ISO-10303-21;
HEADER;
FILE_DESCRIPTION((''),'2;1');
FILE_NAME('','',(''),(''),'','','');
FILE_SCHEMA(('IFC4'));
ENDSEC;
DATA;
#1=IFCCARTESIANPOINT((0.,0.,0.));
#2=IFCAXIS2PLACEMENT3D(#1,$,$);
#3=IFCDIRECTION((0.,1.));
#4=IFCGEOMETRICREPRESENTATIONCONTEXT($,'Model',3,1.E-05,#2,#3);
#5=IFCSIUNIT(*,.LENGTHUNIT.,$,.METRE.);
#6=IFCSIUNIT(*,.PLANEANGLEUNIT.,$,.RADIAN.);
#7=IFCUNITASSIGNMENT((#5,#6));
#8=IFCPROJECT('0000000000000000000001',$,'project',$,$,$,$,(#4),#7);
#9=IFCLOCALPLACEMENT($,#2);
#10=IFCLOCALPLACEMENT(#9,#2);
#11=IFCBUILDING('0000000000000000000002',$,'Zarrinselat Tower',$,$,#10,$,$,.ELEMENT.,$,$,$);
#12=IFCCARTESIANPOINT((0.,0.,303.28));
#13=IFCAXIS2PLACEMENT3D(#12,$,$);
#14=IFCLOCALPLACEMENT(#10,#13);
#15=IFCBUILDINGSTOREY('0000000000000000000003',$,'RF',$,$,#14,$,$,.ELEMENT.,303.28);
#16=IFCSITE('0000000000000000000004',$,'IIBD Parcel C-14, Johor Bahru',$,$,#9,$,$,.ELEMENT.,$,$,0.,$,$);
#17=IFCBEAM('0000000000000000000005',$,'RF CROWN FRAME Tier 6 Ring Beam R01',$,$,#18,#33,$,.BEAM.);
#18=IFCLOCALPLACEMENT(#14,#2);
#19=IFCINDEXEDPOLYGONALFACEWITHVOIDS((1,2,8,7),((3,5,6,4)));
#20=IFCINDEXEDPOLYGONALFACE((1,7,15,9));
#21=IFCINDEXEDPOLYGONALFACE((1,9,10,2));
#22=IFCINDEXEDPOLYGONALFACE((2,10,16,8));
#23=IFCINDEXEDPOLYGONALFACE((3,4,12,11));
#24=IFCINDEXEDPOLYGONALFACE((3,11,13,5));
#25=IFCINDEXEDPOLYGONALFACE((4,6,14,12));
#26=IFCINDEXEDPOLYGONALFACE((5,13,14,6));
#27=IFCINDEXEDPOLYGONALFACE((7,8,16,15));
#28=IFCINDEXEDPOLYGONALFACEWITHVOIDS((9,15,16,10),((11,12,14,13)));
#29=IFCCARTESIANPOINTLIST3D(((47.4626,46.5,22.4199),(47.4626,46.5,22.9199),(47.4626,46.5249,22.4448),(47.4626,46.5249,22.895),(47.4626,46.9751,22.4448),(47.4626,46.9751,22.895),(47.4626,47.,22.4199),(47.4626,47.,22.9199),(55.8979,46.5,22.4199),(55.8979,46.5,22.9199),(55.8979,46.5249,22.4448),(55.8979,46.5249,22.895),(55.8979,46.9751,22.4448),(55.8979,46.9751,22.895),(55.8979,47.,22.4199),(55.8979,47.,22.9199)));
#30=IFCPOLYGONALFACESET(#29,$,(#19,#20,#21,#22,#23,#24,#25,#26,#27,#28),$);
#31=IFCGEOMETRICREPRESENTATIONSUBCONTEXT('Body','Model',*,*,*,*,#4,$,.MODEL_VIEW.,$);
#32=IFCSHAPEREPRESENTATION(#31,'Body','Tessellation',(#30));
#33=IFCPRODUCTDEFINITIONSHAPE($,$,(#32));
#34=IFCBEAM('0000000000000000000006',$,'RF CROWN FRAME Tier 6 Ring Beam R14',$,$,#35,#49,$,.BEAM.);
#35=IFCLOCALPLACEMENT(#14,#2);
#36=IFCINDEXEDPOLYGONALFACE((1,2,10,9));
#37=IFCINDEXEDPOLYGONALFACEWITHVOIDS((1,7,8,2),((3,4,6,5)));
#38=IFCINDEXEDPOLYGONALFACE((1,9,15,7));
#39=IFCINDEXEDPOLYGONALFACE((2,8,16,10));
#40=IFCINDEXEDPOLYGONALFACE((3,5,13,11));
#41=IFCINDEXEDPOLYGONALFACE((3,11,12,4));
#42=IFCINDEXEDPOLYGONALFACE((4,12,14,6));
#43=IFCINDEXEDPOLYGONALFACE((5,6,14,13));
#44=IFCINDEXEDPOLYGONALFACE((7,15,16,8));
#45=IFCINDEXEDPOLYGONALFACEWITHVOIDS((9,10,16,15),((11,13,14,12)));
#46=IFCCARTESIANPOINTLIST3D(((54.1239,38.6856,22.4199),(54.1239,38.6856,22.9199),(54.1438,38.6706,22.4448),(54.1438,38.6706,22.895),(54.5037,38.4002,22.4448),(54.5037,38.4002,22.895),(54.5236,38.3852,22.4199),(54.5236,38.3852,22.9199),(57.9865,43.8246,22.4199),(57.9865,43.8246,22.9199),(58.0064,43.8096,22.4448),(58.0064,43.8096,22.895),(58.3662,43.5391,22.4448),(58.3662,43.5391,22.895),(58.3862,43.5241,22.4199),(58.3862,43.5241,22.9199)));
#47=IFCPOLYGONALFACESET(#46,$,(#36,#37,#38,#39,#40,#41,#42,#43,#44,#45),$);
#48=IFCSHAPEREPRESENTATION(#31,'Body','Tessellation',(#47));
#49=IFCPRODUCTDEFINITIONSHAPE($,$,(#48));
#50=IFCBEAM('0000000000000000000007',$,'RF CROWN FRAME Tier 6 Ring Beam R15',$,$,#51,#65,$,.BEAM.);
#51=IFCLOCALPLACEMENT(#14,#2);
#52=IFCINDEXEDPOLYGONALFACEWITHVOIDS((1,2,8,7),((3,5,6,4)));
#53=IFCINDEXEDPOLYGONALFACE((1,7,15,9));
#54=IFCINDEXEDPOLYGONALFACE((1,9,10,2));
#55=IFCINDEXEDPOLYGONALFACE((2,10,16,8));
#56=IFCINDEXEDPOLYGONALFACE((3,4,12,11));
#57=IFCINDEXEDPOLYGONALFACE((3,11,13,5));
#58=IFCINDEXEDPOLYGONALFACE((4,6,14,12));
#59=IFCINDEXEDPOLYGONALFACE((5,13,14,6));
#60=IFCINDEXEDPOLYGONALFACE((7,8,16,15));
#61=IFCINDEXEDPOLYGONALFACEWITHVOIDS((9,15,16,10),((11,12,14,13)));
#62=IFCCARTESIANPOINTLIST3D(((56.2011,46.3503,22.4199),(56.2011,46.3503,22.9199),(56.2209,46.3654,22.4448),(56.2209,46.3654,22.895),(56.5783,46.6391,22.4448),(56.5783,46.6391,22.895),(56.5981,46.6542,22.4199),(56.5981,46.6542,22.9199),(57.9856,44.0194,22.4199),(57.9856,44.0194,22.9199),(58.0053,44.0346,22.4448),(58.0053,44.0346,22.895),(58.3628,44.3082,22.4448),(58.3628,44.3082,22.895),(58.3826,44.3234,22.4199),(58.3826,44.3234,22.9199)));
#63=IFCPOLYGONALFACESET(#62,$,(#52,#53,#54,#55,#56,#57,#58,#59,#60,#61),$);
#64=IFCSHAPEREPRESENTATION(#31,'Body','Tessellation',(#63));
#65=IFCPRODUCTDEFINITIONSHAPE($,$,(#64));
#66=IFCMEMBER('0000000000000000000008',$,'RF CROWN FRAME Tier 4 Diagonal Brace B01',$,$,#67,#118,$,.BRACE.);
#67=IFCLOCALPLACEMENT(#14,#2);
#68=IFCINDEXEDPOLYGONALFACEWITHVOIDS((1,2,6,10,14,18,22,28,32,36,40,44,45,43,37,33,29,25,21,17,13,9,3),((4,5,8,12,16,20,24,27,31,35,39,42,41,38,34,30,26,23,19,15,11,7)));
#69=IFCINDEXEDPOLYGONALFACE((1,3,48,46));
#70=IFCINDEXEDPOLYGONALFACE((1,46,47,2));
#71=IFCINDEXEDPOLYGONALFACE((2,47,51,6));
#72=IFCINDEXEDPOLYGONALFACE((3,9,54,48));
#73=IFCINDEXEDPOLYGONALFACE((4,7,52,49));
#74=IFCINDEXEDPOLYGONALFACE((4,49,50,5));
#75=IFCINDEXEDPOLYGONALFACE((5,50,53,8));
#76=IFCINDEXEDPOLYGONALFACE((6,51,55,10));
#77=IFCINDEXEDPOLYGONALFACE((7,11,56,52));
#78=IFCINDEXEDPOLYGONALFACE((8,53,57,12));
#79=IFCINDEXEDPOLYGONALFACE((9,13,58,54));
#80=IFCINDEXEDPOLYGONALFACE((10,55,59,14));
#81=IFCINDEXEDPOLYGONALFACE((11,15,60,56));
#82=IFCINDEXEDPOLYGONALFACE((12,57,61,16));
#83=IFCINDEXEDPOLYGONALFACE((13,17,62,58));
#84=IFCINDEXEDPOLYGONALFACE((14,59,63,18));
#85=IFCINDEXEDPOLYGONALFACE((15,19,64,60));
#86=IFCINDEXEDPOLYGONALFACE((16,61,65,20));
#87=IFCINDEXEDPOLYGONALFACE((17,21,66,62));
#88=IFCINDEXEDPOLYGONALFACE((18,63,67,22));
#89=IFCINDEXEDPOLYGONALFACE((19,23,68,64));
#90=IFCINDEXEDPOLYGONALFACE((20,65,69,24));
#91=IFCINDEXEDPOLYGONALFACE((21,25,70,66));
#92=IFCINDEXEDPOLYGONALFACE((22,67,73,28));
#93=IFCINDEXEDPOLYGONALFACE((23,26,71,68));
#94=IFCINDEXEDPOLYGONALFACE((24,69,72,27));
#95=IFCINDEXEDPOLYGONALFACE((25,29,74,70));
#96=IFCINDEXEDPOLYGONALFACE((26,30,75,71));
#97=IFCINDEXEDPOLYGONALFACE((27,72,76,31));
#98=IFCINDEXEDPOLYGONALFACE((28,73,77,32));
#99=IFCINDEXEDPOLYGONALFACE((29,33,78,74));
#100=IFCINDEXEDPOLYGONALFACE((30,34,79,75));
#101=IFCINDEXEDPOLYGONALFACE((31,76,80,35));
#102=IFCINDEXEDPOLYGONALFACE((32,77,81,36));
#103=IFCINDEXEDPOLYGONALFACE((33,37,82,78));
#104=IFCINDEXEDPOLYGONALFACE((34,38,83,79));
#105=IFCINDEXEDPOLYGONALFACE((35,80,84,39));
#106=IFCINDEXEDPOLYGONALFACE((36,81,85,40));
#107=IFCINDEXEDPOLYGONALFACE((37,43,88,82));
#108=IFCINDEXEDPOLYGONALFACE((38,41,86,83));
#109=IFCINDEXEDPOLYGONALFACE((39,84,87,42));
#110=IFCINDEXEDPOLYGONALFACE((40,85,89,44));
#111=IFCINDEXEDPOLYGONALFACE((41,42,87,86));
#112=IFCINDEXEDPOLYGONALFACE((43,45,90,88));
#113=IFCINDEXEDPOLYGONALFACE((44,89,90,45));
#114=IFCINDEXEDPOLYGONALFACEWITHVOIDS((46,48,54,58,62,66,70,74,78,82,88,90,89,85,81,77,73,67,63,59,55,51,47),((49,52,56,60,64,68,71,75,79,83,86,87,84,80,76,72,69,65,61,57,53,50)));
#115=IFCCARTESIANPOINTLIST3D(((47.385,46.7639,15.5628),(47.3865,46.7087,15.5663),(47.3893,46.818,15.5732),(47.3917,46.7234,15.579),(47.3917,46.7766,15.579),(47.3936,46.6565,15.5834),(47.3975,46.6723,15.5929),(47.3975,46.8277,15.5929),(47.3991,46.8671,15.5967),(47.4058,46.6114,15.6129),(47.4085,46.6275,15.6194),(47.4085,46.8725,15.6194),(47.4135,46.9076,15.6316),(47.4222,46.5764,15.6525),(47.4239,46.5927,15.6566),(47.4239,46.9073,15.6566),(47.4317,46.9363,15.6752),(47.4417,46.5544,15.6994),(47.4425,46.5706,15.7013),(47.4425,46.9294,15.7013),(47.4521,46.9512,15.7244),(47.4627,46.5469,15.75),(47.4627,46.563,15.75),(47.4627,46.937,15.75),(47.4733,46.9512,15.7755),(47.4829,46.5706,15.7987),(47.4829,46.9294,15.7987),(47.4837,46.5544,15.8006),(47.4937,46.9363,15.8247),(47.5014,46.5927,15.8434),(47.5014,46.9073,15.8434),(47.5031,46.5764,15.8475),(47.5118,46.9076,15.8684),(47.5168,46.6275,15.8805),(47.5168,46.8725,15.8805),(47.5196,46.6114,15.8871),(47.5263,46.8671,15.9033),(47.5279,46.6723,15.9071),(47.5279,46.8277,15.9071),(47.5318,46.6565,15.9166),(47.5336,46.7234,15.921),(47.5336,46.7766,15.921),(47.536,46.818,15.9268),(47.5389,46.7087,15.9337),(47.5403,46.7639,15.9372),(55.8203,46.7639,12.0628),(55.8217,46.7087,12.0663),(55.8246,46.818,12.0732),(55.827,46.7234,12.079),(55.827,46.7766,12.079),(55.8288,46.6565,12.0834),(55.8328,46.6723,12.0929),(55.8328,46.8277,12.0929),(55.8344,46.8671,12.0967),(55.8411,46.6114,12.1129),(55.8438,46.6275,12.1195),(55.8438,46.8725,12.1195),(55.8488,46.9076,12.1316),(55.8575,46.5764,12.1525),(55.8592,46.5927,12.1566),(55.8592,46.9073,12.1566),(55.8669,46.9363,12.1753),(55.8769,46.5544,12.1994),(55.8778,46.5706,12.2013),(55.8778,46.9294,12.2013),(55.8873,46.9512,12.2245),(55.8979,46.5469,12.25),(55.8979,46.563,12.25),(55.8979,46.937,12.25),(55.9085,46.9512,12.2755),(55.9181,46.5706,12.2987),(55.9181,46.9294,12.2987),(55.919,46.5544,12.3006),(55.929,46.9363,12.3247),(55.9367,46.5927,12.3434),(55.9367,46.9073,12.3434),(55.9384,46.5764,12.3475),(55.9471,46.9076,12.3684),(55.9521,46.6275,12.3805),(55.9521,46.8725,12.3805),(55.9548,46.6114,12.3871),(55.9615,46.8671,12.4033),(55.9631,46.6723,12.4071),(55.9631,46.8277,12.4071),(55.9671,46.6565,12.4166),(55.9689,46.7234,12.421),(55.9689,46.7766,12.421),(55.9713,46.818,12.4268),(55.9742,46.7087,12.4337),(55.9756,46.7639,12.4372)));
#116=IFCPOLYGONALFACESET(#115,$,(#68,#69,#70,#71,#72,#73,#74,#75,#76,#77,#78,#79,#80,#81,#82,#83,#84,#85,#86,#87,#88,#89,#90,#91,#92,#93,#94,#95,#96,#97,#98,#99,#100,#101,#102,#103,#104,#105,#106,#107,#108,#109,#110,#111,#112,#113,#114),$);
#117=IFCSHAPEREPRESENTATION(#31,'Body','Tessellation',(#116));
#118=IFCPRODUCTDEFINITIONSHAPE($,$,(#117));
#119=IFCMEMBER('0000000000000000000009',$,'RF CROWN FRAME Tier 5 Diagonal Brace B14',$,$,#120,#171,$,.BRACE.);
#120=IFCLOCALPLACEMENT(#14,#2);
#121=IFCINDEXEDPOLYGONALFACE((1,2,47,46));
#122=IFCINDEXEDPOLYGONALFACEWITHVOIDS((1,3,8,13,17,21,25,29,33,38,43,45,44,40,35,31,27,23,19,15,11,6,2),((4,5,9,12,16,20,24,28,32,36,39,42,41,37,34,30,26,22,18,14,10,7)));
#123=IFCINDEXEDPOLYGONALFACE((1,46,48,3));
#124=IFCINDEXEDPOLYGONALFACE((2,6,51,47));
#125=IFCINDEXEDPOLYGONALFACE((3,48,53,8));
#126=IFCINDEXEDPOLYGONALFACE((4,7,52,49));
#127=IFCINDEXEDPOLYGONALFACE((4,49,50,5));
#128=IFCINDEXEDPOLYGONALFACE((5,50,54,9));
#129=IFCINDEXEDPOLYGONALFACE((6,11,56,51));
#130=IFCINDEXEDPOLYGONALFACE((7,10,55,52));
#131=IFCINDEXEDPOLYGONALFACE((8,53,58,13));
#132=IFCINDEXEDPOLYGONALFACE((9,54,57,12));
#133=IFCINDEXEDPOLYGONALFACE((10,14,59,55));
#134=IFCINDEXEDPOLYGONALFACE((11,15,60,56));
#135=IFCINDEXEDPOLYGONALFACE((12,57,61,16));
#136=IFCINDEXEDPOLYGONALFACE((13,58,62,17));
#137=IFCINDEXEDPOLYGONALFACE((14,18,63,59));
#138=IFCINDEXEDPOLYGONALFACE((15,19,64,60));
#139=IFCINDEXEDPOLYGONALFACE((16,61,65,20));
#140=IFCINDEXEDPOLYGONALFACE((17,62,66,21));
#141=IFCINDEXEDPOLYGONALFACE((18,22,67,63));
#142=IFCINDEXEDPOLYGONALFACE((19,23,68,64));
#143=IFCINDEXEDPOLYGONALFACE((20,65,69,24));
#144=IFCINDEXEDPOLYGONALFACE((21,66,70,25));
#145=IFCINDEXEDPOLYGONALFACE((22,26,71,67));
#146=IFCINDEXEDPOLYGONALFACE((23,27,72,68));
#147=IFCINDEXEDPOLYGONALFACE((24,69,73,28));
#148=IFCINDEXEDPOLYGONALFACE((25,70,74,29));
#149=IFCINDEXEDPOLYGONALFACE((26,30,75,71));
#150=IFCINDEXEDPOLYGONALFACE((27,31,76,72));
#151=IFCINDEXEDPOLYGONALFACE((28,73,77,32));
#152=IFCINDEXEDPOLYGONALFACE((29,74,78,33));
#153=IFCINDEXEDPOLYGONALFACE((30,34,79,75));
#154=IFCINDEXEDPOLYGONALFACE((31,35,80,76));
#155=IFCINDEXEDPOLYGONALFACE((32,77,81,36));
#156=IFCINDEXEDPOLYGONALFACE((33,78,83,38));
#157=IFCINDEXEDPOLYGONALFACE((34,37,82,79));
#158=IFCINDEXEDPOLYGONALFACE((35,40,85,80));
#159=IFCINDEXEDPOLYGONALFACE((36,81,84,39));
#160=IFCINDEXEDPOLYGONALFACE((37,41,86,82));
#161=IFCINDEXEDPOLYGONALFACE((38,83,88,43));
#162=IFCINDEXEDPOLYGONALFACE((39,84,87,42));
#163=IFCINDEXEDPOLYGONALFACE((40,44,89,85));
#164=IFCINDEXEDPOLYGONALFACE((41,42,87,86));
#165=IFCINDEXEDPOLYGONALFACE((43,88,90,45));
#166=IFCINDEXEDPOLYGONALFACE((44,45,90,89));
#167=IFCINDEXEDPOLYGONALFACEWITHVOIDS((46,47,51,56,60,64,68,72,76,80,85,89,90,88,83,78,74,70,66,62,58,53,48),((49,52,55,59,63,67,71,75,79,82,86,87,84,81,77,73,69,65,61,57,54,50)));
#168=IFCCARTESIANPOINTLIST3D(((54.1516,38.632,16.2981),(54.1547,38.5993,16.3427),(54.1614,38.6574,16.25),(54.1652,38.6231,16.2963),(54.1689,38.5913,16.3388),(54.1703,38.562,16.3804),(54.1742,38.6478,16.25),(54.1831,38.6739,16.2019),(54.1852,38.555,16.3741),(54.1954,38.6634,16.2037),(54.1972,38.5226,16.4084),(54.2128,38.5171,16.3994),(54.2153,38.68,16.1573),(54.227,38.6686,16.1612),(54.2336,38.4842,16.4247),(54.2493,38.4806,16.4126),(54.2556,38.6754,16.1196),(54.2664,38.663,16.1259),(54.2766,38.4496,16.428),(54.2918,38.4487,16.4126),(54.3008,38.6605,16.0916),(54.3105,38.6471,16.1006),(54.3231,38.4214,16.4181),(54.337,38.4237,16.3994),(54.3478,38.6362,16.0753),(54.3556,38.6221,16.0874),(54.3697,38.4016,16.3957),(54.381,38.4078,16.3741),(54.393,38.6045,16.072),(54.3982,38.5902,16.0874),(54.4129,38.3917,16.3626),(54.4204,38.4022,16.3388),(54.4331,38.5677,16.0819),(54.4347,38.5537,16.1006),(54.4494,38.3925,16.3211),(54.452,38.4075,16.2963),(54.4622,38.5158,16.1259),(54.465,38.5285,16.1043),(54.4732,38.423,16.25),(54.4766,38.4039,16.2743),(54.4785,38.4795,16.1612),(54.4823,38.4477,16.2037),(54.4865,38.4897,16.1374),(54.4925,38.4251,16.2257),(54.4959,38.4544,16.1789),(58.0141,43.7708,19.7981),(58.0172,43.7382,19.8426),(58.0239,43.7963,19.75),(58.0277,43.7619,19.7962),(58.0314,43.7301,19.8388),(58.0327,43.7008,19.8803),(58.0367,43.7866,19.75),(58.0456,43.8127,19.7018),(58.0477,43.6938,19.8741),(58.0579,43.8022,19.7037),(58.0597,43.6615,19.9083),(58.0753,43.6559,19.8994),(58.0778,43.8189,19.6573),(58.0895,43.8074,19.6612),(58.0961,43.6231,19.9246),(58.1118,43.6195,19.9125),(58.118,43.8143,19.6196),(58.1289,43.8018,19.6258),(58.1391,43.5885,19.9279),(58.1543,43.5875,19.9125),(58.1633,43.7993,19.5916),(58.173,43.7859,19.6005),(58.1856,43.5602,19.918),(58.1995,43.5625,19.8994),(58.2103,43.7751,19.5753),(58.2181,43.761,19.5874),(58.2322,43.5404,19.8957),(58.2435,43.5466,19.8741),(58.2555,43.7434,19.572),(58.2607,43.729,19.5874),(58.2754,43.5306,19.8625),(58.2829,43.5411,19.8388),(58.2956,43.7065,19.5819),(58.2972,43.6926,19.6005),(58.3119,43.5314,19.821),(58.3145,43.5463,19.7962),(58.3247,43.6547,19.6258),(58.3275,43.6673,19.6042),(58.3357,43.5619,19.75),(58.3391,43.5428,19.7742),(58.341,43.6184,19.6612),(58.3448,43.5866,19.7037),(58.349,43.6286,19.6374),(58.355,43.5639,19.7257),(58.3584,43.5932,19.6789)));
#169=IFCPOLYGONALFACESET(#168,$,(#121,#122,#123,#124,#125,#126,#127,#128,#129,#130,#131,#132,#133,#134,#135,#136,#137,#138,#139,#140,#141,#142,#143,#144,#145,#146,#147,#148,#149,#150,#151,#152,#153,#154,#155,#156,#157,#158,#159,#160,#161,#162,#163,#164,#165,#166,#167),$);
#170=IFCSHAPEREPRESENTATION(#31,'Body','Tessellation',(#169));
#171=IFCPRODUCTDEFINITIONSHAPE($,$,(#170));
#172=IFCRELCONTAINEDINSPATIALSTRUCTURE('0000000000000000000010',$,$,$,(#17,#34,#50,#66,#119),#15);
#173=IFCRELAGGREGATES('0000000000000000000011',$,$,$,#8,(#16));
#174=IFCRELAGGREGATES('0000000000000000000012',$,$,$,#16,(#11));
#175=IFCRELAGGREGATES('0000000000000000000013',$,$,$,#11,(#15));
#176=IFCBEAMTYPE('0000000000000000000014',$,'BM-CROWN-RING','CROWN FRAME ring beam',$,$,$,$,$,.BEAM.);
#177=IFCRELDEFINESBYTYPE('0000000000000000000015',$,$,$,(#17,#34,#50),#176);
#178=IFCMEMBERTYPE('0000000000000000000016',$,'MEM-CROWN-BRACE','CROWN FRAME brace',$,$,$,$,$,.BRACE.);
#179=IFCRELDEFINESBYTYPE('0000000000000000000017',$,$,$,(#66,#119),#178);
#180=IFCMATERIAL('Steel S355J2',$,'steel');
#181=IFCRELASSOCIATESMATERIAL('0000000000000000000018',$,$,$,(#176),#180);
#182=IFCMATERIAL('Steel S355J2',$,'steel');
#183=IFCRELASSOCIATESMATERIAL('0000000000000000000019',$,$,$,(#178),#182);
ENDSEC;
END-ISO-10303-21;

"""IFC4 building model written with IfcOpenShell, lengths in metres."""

from ifc_helpers import new_model, si_unit, direction, frame, origin, origin_2d, place, context, subcontext, project, spatial, hollow_rectangle, hollow_circle, extrude, material, material_profile, profile_set, type_object, element, save


model = new_model("IFC4")

# Units and contexts
model_context = context("Model", 3, precision=1e-05, world=origin(), true_north=direction((0.0, 1.0)))
body_context = subcontext(model_context, "Body", "Model", "MODEL_VIEW")
ifc_project = project(units=[si_unit("LENGTHUNIT", "METRE"), si_unit("PLANEANGLEUNIT", "RADIAN")], contexts=[model_context])

# Site, building, storey
site_placement = place(None, origin())
site = spatial("IfcSite", under=ifc_project, at=site_placement, Name="IIBD Parcel C-14, Johor Bahru", CompositionType="ELEMENT", RefElevation=0.0)
building_placement = place(site_placement, origin())
building = spatial("IfcBuilding", under=site, at=building_placement, Name="Zarrinselat Tower", CompositionType="ELEMENT")
storey_placement = place(building_placement, frame((0.0, 0.0, 303.28)))
storey = spatial("IfcBuildingStorey", under=building, at=storey_placement, Name="RF", CompositionType="ELEMENT", Elevation=303.28)

# Beams
ifc_material_1 = material(Name="Steel S355J2", Category="steel")
ifc_material_profile_1 = material_profile(ifc_material_1, hollow_rectangle(XDim=0.5, YDim=0.5, WallThickness=0.0249, at=origin_2d()), Name="SHS 500x500x25")
ifc_profile_set_1 = profile_set([ifc_material_profile_1], Name="Steel S355J2")
beam_type = type_object("IfcBeamType", Name="BM-CROWN-RING", Description="CROWN FRAME ring beam", PredefinedType="BEAM", material=ifc_profile_set_1)
beam_1_placement = place(storey_placement, frame((55.8979, 46.75, 22.6699), z_axis=(-1.0, 0.0, 0.0), x_axis=(0.0, -1.0, 0.0)))
element("IfcBeam", 1, at=beam_1_placement, inside=storey, type_object=beam_type, Name="RF CROWN FRAME Tier 6 Ring Beam R01", PredefinedType="BEAM", context=body_context, shape_type="SweptSolid", body=[
    extrude(hollow_rectangle(XDim=0.5, YDim=0.5, WallThickness=0.0249, at=origin_2d()), origin(), (0.0, 0.0, 1.0), 8.4353),
])
beam_2_placement = place(storey_placement, frame((54.3237, 38.5354, 22.6699), z_axis=(0.600832, 0.799375, 0.0), x_axis=(-0.799375, 0.600832, 0.0)))
element("IfcBeam", 2, at=beam_2_placement, inside=storey, type_object=beam_type, Name="RF CROWN FRAME Tier 6 Ring Beam R14", PredefinedType="BEAM", context=body_context, shape_type="SweptSolid", body=[
    extrude(hollow_rectangle(XDim=0.5, YDim=0.5, WallThickness=0.0249, at=origin_2d()), origin(), (0.0, 0.0, 1.0), 6.4287),
])
beam_3_placement = place(storey_placement, frame((58.1841, 44.1714, 22.6699), z_axis=(-0.607888, 0.794022, 0.0), x_axis=(-0.794022, -0.607888, 0.0)))
element("IfcBeam", 3, at=beam_3_placement, inside=storey, type_object=beam_type, Name="RF CROWN FRAME Tier 6 Ring Beam R15", PredefinedType="BEAM", context=body_context, shape_type="SweptSolid", body=[
    extrude(hollow_rectangle(XDim=0.5, YDim=0.5, WallThickness=0.0249, at=origin_2d()), origin(), (0.0, 0.0, 1.0), 2.9355),
])

# Members
ifc_material_2 = material(Name="Steel S355J2", Category="steel")
ifc_material_profile_2 = material_profile(ifc_material_2, hollow_circle(Radius=0.2031, WallThickness=0.0161, at=origin_2d()), Name="CHS 406.4x16")
ifc_profile_set_2 = profile_set([ifc_material_profile_2], Name="Steel S355J2")
member_type_1 = type_object("IfcMemberType", Name="MEM-CROWN-BRACE", Description="CROWN FRAME brace", PredefinedType="BRACE", material=ifc_profile_set_2)
member_1_placement = place(storey_placement, frame((55.8979, 46.75, 12.25), z_axis=(-0.923648, 0.0, 0.383243), x_axis=(0.0, -1.0, 0.0)))
element("IfcMember", 4, at=member_1_placement, inside=storey, type_object=member_type_1, Name="RF CROWN FRAME Tier 4 Diagonal Brace B01", PredefinedType="BRACE", context=body_context, shape_type="SweptSolid", body=[
    extrude(hollow_circle(Radius=0.2031, WallThickness=0.0161, at=origin_2d()), origin(), (0.0, 0.0, 1.0), 9.1326),
])
member_2_placement = place(storey_placement, frame((54.3237, 38.5354, 16.25), z_axis=(0.527694, 0.702068, 0.478163), x_axis=(-0.799375, 0.600832, 0.0)))
element("IfcMember", 5, at=member_2_placement, inside=storey, type_object=member_type_1, Name="RF CROWN FRAME Tier 5 Diagonal Brace B14", PredefinedType="BRACE", context=body_context, shape_type="SweptSolid", body=[
    extrude(hollow_circle(Radius=0.2031, WallThickness=0.0161, at=origin_2d()), origin(), (0.0, 0.0, 1.0), 7.3196),
])

save(model, "model.ifc")
